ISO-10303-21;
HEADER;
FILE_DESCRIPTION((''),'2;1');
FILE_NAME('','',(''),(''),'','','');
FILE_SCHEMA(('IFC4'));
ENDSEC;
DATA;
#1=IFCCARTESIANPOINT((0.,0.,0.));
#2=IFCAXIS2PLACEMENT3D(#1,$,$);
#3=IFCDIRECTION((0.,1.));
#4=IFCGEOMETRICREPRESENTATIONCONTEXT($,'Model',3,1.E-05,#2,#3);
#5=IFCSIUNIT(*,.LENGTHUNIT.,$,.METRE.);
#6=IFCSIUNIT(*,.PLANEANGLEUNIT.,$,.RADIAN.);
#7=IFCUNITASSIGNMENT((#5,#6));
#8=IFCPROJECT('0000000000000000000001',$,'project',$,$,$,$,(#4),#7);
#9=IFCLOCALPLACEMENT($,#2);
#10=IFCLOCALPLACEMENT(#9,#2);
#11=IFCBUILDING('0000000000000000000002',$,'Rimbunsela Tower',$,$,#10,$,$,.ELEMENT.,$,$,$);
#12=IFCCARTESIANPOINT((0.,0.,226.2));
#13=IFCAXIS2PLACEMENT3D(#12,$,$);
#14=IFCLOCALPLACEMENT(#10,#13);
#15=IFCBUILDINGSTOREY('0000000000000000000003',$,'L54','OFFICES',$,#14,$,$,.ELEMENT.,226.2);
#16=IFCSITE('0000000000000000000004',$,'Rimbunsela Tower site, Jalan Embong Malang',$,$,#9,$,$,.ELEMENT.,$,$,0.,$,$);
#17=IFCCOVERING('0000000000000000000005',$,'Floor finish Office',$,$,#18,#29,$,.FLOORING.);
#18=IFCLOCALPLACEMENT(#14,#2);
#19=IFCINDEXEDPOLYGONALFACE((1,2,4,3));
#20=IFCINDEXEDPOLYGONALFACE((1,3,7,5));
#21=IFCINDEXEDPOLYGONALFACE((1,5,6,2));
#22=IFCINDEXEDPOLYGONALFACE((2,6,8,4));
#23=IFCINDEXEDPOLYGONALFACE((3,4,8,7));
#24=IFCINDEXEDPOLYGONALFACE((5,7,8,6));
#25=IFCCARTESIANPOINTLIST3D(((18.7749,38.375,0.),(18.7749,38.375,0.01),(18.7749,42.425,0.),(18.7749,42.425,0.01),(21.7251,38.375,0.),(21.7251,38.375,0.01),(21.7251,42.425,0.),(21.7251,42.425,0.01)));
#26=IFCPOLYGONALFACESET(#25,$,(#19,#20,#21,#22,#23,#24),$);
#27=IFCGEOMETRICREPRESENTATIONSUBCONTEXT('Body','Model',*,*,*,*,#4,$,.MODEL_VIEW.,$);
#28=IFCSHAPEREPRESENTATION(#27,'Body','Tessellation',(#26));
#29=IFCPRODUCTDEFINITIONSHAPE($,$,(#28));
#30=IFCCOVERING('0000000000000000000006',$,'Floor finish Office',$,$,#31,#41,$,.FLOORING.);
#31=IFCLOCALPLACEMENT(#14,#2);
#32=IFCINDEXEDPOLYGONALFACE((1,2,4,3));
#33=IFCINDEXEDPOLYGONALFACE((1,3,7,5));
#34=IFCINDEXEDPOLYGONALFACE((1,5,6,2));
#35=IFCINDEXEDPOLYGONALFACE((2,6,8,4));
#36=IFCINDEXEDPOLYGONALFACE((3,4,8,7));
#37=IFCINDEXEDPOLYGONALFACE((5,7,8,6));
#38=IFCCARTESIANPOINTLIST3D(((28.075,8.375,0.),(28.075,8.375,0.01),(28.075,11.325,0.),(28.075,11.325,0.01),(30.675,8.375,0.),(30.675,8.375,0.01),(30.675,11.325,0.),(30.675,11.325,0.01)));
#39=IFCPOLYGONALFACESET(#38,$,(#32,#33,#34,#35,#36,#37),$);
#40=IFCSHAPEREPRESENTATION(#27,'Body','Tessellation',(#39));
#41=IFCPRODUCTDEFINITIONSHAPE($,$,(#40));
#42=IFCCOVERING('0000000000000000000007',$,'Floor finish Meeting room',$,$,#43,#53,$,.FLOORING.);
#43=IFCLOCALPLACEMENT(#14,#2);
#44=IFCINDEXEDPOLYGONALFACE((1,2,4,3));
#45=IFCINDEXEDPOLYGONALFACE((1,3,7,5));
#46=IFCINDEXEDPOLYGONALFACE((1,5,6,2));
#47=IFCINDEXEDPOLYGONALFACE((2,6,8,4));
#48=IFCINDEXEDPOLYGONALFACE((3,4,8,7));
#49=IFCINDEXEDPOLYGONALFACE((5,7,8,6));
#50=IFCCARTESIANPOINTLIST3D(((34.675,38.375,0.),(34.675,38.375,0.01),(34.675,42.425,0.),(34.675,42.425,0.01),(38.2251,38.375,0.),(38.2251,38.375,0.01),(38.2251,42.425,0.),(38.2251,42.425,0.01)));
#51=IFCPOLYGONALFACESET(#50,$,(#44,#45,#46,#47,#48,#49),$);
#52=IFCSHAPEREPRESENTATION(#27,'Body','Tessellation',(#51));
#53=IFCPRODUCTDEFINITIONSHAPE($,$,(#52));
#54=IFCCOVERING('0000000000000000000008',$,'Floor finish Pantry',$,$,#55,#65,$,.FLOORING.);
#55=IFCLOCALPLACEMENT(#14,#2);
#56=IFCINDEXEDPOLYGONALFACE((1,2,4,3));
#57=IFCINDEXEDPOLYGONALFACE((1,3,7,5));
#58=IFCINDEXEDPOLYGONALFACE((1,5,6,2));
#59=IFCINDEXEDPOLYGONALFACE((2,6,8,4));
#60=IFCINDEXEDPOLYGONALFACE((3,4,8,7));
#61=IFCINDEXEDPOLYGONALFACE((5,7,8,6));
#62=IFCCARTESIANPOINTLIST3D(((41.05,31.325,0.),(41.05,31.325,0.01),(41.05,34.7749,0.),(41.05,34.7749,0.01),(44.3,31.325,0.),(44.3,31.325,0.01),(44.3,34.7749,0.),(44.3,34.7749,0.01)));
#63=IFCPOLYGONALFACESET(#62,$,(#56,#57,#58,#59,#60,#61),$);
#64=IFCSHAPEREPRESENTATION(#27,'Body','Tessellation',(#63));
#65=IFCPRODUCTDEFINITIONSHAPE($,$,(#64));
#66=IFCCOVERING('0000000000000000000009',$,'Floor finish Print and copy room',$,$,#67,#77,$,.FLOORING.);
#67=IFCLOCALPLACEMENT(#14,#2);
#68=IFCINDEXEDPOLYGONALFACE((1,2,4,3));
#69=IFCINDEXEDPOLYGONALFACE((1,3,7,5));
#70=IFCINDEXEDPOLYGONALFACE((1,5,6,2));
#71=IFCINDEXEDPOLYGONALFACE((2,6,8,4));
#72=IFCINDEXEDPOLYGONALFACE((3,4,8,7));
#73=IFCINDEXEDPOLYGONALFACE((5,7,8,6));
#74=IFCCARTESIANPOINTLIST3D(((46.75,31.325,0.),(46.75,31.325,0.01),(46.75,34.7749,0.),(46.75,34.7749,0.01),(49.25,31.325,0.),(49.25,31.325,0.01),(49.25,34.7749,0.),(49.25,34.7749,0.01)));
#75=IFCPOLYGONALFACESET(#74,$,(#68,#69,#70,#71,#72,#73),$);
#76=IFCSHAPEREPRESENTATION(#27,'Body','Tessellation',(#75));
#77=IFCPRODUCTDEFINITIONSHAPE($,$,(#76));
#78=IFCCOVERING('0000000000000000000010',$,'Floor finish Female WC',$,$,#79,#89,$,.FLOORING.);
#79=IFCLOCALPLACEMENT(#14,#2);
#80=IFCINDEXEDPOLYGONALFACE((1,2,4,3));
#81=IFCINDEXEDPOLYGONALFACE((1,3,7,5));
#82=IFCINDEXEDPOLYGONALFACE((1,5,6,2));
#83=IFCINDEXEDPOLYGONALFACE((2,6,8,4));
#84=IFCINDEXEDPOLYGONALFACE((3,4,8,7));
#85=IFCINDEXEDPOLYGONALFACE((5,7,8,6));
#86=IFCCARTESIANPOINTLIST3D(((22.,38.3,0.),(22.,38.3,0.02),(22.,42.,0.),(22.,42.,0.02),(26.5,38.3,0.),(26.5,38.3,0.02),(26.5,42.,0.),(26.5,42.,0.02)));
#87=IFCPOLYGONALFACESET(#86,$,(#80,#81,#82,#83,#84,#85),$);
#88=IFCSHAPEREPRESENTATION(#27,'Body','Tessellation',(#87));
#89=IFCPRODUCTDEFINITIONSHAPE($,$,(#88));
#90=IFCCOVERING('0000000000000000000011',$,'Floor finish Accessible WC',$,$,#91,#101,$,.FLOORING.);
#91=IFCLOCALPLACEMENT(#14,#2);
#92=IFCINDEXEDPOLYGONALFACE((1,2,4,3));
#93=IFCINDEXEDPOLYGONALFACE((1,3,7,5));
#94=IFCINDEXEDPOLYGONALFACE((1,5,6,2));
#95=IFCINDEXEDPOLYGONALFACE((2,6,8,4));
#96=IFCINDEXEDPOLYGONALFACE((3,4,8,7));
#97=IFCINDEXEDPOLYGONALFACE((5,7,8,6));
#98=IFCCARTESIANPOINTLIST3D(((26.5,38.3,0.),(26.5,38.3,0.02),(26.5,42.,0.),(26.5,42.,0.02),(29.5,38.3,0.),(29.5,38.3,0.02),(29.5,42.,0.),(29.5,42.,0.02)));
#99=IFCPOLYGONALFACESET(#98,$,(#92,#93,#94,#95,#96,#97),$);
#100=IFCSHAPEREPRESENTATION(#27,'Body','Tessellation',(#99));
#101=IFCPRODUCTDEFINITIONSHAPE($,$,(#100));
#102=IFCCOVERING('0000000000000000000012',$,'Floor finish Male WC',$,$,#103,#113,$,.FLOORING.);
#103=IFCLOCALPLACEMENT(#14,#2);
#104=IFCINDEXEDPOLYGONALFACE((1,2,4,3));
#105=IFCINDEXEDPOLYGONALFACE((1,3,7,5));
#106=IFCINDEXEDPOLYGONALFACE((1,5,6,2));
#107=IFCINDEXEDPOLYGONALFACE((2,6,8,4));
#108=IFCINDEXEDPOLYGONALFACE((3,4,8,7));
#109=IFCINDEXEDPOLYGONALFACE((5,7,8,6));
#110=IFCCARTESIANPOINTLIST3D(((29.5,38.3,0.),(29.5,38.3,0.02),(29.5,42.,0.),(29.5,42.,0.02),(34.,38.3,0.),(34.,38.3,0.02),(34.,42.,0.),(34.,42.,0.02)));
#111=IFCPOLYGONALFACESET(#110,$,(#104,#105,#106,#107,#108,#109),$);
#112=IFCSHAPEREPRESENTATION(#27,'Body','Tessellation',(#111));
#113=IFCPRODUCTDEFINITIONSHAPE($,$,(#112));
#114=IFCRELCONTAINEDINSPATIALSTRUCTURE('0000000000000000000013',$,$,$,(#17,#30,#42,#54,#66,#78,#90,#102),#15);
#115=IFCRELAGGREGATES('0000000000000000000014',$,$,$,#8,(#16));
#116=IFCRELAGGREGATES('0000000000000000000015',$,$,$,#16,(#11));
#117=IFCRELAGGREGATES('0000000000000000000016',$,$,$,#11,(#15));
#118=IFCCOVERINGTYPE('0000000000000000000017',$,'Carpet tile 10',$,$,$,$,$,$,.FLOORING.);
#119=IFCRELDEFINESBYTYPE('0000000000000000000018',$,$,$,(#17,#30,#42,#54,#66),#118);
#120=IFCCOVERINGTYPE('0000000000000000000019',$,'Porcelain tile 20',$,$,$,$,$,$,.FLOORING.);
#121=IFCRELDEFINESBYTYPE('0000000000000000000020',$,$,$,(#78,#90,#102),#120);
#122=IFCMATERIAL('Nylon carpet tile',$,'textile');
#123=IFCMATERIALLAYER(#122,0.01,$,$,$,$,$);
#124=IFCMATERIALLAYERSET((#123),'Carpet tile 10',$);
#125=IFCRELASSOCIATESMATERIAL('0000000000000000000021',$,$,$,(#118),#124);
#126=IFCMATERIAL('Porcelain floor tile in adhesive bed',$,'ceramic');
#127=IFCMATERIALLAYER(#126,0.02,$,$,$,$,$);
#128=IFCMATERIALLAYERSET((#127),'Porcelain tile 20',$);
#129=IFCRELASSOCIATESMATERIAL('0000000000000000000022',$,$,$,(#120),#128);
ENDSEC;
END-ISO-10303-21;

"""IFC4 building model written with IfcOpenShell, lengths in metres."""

from ifc_helpers import new_model, si_unit, direction, frame, origin, place, context, subcontext, project, spatial, polyline, outline, extrude, material, layer, layer_set, type_object, element, save


model = new_model("IFC4")

# Units and contexts
model_context = context("Model", 3, precision=1e-05, world=origin(), true_north=direction((0.0, 1.0)))
body_context = subcontext(model_context, "Body", "Model", "MODEL_VIEW")
ifc_project = project(units=[si_unit("LENGTHUNIT", "METRE"), si_unit("PLANEANGLEUNIT", "RADIAN")], contexts=[model_context])

# Site, building, storey
site_placement = place(None, origin())
site = spatial("IfcSite", under=ifc_project, at=site_placement, Name="Rimbunsela Tower site, Jalan Embong Malang", CompositionType="ELEMENT", RefElevation=0.0)
building_placement = place(site_placement, origin())
building = spatial("IfcBuilding", under=site, at=building_placement, Name="Rimbunsela Tower", CompositionType="ELEMENT")
storey_placement = place(building_placement, frame((0.0, 0.0, 226.2)))
storey = spatial("IfcBuildingStorey", under=building, at=storey_placement, Name="L54", Description="OFFICES", CompositionType="ELEMENT", Elevation=226.2)

# Coverings
ifc_material_1 = material(Name="Nylon carpet tile", Category="textile")
ifc_layer_1 = layer(ifc_material_1, 0.01)
ifc_layer_set_1 = layer_set([ifc_layer_1], Name="Carpet tile 10")
covering_type_1 = type_object("IfcCoveringType", Name="Carpet tile 10", PredefinedType="FLOORING", material=ifc_layer_set_1)
covering_1_placement = place(storey_placement, origin())
element("IfcCovering", 1, at=covering_1_placement, inside=storey, type_object=covering_type_1, Name="Floor finish Office", PredefinedType="FLOORING", context=body_context, shape_type="SweptSolid", body=[
    extrude(outline(polyline([(21.7251, 38.375), (21.7251, 42.425), (18.7749, 42.425), (18.7749, 38.375), (21.7251, 38.375)])), origin(), (0.0, 0.0, 1.0), 0.01),
])
covering_2_placement = place(storey_placement, origin())
element("IfcCovering", 2, at=covering_2_placement, inside=storey, type_object=covering_type_1, Name="Floor finish Office", PredefinedType="FLOORING", context=body_context, shape_type="SweptSolid", body=[
    extrude(outline(polyline([(30.675, 8.375), (30.675, 11.325), (28.075, 11.325), (28.075, 8.375), (30.675, 8.375)])), origin(), (0.0, 0.0, 1.0), 0.01),
])
covering_3_placement = place(storey_placement, origin())
element("IfcCovering", 3, at=covering_3_placement, inside=storey, type_object=covering_type_1, Name="Floor finish Meeting room", PredefinedType="FLOORING", context=body_context, shape_type="SweptSolid", body=[
    extrude(outline(polyline([(38.2251, 38.375), (38.2251, 42.425), (34.675, 42.425), (34.675, 38.375), (38.2251, 38.375)])), origin(), (0.0, 0.0, 1.0), 0.01),
])
covering_4_placement = place(storey_placement, origin())
element("IfcCovering", 4, at=covering_4_placement, inside=storey, type_object=covering_type_1, Name="Floor finish Pantry", PredefinedType="FLOORING", context=body_context, shape_type="SweptSolid", body=[
    extrude(outline(polyline([(44.3, 31.325), (44.3, 34.7749), (41.05, 34.7749), (41.05, 31.325), (44.3, 31.325)])), origin(), (0.0, 0.0, 1.0), 0.01),
])
covering_5_placement = place(storey_placement, origin())
element("IfcCovering", 5, at=covering_5_placement, inside=storey, type_object=covering_type_1, Name="Floor finish Print and copy room", PredefinedType="FLOORING", context=body_context, shape_type="SweptSolid", body=[
    extrude(outline(polyline([(49.25, 31.325), (49.25, 34.7749), (46.75, 34.7749), (46.75, 31.325), (49.25, 31.325)])), origin(), (0.0, 0.0, 1.0), 0.01),
])
ifc_material_2 = material(Name="Porcelain floor tile in adhesive bed", Category="ceramic")
ifc_layer_2 = layer(ifc_material_2, 0.02)
ifc_layer_set_2 = layer_set([ifc_layer_2], Name="Porcelain tile 20")
covering_type_2 = type_object("IfcCoveringType", Name="Porcelain tile 20", PredefinedType="FLOORING", material=ifc_layer_set_2)
covering_6_placement = place(storey_placement, origin())
element("IfcCovering", 6, at=covering_6_placement, inside=storey, type_object=covering_type_2, Name="Floor finish Female WC", PredefinedType="FLOORING", context=body_context, shape_type="SweptSolid", body=[
    extrude(outline(polyline([(26.5, 38.3), (26.5, 42.0), (22.0, 42.0), (22.0, 38.3), (26.5, 38.3)])), origin(), (0.0, 0.0, 1.0), 0.02),
])
covering_7_placement = place(storey_placement, origin())
element("IfcCovering", 7, at=covering_7_placement, inside=storey, type_object=covering_type_2, Name="Floor finish Accessible WC", PredefinedType="FLOORING", context=body_context, shape_type="SweptSolid", body=[
    extrude(outline(polyline([(29.5, 38.3), (29.5, 42.0), (26.5, 42.0), (26.5, 38.3), (29.5, 38.3)])), origin(), (0.0, 0.0, 1.0), 0.02),
])
covering_8_placement = place(storey_placement, origin())
element("IfcCovering", 8, at=covering_8_placement, inside=storey, type_object=covering_type_2, Name="Floor finish Male WC", PredefinedType="FLOORING", context=body_context, shape_type="SweptSolid", body=[
    extrude(outline(polyline([(34.0, 38.3), (34.0, 42.0), (29.5, 42.0), (29.5, 38.3), (34.0, 38.3)])), origin(), (0.0, 0.0, 1.0), 0.02),
])

save(model, "model.ifc")
